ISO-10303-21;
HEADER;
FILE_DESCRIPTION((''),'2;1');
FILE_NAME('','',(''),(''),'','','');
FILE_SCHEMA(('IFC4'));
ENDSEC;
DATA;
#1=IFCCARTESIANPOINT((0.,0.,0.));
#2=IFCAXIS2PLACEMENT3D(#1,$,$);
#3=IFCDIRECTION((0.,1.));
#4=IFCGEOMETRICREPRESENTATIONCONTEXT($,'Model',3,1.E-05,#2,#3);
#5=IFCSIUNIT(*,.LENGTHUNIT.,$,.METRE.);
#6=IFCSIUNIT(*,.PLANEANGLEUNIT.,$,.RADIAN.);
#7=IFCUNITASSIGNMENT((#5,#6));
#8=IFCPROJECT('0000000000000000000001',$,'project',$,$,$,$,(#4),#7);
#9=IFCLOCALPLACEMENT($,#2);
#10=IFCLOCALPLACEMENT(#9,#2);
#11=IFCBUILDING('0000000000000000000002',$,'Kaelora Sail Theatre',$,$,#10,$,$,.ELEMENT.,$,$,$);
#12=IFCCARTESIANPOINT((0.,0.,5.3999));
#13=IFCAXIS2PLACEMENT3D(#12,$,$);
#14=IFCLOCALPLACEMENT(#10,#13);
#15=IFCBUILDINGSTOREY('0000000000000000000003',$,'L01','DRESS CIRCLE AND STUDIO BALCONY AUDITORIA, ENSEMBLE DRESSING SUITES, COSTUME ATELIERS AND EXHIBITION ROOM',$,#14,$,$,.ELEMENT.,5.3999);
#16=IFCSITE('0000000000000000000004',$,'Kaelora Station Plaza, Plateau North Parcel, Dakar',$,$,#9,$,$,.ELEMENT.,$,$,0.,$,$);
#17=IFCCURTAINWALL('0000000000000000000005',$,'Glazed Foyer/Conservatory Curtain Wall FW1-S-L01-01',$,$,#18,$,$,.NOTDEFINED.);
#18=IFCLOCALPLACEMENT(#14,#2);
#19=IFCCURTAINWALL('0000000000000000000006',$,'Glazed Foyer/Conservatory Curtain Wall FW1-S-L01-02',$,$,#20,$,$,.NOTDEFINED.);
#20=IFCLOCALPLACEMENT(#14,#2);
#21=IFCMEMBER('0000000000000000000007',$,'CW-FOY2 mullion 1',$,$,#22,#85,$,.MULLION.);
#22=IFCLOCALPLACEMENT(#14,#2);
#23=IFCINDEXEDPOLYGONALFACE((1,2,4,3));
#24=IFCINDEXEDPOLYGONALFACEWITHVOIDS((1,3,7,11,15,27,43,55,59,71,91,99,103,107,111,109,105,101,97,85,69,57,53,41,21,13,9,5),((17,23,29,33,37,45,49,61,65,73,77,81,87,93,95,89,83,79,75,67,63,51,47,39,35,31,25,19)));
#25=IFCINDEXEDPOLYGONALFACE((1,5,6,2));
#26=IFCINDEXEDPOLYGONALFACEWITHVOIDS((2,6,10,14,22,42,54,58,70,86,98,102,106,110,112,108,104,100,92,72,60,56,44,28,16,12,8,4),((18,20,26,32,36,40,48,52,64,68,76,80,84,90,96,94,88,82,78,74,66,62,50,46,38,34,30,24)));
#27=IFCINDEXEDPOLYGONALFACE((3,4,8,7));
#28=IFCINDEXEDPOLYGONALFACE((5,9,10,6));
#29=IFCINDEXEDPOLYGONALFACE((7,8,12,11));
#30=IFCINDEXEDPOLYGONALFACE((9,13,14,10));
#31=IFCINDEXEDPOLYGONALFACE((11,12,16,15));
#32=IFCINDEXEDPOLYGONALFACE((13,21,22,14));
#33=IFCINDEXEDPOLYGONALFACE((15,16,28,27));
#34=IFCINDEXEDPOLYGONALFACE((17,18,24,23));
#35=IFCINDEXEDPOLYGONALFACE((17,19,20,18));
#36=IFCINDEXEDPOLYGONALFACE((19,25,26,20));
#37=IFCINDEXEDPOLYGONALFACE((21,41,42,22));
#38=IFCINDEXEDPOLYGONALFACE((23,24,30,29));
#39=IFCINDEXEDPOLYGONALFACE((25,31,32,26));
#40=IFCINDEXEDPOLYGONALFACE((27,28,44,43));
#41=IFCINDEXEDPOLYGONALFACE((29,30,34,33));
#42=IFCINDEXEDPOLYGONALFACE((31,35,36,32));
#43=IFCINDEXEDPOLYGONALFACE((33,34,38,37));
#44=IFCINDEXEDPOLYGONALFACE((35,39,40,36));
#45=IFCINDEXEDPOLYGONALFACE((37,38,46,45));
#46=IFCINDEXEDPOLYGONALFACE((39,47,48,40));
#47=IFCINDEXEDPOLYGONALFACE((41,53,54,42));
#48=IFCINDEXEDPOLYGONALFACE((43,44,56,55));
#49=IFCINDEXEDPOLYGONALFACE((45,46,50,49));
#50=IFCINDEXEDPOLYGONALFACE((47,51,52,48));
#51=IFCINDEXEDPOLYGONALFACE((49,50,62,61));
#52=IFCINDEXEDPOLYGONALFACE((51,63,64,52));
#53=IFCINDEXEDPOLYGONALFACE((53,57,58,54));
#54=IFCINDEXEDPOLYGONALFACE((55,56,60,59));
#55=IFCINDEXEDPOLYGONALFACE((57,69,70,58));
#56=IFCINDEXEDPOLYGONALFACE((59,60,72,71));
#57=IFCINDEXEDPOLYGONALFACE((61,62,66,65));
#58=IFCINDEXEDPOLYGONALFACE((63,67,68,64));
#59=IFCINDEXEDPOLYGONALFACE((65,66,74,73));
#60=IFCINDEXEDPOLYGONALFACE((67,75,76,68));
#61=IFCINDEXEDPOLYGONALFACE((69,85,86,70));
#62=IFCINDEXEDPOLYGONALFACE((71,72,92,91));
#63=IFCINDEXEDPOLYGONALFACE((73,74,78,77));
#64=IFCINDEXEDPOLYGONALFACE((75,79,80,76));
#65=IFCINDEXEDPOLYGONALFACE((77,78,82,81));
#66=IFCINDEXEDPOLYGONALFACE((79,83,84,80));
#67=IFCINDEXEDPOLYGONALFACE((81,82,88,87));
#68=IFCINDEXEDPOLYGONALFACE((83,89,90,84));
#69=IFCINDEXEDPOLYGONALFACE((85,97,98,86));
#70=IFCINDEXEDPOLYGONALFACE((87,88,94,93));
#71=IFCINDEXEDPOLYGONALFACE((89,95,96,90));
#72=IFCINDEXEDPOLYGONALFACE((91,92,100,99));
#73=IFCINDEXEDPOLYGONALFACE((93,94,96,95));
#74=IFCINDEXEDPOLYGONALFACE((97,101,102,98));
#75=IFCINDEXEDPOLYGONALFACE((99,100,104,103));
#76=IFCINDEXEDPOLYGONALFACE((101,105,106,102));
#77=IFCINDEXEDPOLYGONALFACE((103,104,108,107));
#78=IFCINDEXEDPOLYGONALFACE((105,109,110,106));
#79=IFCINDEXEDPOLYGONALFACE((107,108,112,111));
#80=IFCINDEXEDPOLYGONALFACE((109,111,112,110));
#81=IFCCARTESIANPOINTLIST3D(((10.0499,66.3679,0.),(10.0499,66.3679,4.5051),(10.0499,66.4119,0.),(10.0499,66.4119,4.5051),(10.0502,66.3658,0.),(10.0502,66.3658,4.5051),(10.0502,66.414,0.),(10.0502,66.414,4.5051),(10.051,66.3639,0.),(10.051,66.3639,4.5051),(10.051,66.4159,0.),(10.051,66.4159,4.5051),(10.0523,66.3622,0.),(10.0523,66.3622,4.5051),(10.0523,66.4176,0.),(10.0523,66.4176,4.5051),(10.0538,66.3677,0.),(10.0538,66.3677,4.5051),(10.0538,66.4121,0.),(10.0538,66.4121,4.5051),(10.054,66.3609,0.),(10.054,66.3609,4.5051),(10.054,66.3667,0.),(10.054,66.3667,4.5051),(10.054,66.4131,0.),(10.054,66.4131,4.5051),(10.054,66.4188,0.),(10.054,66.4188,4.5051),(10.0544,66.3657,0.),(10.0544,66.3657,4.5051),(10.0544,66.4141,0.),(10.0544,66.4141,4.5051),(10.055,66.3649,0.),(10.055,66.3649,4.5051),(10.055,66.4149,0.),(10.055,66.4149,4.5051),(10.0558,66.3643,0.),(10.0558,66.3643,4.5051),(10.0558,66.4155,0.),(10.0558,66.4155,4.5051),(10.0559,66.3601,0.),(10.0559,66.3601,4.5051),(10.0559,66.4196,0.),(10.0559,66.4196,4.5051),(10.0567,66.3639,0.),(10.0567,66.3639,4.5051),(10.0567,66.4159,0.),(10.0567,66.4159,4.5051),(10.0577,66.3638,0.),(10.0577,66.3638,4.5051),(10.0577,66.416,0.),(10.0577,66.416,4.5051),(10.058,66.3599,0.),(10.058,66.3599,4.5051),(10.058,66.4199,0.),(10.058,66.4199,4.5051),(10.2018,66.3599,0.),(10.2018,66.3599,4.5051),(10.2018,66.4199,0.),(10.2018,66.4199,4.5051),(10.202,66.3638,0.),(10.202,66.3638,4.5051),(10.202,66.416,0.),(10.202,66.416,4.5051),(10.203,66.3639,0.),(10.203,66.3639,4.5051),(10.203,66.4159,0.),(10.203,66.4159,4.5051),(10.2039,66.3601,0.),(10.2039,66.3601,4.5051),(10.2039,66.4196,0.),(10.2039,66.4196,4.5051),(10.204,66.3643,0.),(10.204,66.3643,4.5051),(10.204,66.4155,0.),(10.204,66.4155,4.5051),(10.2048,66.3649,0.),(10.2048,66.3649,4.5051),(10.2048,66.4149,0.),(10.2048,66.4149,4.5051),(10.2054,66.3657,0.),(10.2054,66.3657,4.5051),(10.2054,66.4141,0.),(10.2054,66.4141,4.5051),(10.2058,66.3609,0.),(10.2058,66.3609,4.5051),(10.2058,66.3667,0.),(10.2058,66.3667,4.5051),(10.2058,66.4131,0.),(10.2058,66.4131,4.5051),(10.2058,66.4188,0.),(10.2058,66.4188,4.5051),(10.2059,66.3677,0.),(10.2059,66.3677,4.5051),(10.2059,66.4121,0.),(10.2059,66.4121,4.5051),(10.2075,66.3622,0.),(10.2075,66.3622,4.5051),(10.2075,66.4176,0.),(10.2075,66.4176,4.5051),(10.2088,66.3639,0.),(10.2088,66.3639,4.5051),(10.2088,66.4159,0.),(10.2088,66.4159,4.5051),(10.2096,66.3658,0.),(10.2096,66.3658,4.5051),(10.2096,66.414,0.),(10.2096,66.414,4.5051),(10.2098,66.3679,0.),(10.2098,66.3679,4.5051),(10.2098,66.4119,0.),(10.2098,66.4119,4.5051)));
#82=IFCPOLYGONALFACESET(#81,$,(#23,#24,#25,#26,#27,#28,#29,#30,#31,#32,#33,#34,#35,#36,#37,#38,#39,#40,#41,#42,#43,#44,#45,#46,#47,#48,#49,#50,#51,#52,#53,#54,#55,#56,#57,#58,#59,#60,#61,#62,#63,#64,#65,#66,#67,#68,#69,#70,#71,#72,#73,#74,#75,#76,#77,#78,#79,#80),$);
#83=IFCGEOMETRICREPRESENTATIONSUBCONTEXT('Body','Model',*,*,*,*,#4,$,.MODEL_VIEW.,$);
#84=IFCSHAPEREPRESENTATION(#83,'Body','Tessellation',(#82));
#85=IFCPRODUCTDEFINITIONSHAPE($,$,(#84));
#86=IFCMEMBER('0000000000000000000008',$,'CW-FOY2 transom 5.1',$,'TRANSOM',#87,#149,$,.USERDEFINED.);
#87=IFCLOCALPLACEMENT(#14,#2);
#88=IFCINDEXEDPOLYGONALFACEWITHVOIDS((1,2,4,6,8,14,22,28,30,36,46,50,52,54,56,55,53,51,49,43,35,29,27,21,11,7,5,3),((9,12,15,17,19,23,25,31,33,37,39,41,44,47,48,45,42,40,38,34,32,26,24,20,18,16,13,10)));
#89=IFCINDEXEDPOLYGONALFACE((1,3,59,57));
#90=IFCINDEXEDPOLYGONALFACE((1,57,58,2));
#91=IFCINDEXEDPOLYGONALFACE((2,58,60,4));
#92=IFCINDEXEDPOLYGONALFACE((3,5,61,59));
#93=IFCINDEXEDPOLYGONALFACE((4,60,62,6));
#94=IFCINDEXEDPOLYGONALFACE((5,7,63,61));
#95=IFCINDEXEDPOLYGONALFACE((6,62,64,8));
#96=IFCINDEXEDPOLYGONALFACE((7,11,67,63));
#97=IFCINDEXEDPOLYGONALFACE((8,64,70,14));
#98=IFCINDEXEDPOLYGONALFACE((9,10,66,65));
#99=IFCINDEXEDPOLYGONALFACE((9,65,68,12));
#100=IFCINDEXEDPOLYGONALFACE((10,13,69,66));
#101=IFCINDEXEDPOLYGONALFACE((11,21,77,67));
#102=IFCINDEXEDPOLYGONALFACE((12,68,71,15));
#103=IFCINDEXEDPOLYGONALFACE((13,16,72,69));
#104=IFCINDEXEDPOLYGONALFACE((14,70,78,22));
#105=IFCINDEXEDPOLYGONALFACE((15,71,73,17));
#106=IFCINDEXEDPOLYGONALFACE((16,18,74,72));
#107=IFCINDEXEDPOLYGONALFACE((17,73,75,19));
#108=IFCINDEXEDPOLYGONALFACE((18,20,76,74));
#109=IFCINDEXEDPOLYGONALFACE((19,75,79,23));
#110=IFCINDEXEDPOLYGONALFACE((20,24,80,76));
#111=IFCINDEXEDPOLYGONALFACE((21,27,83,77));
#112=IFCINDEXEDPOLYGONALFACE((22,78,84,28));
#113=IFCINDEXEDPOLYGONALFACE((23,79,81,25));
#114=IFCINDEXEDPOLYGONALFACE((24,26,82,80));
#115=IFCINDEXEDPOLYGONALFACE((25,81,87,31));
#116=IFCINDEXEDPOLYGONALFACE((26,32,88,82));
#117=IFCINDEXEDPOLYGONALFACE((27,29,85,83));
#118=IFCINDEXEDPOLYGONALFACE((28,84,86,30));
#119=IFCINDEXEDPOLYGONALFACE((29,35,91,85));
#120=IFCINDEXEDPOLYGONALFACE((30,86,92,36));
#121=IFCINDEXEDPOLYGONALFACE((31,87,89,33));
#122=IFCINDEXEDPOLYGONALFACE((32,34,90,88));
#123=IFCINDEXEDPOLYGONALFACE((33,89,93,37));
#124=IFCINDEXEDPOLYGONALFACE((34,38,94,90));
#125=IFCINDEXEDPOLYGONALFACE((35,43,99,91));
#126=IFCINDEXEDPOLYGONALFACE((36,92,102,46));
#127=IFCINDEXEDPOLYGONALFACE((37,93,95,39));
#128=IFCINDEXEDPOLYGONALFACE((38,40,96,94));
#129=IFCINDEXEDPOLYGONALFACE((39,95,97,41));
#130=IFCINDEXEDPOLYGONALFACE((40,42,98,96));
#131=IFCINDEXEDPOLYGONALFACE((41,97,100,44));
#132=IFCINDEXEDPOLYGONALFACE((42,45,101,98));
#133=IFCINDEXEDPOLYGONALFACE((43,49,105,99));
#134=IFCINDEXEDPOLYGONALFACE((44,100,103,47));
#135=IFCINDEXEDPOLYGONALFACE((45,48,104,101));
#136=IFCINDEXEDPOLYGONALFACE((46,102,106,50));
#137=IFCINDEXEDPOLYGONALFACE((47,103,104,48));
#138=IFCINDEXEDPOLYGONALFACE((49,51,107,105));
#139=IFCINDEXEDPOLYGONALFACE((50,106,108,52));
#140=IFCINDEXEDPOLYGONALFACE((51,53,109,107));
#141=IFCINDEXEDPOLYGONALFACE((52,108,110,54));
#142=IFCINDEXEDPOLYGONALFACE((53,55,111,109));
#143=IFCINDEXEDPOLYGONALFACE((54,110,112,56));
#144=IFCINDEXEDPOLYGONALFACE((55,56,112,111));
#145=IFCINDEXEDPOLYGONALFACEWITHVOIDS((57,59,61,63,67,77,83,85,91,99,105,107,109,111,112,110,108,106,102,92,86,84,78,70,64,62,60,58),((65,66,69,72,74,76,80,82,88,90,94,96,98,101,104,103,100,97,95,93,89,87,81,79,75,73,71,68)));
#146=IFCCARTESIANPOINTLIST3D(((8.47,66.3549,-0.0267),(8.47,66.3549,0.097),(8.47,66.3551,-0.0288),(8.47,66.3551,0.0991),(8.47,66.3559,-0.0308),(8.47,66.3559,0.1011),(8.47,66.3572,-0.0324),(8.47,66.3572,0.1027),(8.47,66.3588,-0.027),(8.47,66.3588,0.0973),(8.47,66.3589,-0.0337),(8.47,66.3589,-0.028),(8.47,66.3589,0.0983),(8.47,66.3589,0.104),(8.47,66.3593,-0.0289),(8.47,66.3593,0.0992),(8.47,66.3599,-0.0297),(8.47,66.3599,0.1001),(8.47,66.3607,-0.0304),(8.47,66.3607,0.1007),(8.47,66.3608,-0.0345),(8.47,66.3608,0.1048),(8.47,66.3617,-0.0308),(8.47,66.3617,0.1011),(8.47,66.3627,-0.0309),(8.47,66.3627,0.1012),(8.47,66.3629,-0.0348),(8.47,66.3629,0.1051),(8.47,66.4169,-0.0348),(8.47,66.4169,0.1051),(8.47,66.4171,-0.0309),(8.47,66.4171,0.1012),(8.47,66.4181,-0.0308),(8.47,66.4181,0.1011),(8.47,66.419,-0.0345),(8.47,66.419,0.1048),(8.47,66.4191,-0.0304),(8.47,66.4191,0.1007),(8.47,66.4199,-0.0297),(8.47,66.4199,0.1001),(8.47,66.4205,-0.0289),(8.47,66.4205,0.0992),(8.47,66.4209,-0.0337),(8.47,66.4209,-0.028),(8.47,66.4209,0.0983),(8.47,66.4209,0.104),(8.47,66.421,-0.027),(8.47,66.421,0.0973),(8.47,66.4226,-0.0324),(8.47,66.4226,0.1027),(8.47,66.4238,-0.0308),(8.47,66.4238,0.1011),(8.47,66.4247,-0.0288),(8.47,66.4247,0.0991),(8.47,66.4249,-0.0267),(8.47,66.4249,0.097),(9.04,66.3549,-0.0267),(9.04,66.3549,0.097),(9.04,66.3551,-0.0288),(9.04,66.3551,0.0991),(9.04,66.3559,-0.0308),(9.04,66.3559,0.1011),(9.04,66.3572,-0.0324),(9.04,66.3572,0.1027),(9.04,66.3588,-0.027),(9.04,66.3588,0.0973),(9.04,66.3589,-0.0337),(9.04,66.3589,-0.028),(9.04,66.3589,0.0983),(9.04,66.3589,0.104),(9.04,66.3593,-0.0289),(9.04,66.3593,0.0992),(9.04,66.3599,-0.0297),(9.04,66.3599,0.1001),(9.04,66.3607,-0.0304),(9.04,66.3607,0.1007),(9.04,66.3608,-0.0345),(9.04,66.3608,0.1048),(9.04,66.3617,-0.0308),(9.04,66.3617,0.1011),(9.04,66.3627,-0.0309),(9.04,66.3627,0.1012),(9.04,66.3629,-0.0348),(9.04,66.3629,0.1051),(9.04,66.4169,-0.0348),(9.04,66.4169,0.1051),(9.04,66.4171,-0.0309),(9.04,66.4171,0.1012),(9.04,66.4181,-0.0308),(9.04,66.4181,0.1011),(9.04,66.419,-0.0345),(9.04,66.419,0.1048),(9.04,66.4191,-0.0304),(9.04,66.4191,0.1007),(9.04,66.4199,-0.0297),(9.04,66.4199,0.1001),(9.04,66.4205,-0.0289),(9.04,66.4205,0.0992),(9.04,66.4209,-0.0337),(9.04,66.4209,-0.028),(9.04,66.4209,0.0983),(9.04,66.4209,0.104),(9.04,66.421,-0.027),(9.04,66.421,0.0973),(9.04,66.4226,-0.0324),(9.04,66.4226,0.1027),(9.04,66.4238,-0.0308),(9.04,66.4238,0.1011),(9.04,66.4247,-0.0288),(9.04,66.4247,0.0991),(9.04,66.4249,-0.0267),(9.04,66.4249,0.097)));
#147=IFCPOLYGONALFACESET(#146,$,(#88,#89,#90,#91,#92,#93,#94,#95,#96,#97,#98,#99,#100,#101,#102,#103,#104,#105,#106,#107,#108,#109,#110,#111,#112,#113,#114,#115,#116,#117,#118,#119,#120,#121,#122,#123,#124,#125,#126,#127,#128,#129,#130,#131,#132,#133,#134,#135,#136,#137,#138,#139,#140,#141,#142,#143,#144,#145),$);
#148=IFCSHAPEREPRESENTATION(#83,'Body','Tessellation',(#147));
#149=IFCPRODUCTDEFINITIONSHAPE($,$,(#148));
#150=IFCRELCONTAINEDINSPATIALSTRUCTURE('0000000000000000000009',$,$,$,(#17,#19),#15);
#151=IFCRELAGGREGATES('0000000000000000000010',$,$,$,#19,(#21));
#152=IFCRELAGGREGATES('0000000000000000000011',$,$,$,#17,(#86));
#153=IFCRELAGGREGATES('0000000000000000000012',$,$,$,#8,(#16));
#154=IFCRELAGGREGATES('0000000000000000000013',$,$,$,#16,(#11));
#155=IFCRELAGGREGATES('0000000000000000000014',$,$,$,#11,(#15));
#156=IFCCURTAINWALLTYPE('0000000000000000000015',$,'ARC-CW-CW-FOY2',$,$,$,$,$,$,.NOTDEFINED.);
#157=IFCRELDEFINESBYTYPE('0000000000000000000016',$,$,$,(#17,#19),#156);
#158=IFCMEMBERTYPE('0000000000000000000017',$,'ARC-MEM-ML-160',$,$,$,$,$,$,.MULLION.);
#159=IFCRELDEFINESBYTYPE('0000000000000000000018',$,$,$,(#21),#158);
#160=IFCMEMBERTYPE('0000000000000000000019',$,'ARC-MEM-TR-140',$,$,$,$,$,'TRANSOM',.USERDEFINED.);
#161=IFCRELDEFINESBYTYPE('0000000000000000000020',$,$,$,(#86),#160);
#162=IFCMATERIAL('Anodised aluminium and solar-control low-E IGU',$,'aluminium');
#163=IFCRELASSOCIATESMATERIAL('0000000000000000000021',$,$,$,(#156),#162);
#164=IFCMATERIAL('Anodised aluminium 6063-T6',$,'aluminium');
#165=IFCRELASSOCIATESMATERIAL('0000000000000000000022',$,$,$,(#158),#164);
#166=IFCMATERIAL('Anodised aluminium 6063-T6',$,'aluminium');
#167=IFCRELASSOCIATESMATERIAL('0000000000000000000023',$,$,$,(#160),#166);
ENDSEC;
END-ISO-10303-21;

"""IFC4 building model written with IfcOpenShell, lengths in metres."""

from ifc_helpers import new_model, si_unit, direction, frame, origin, origin_2d, place, context, subcontext, project, spatial, hollow_rectangle, extrude, material, material_profile, profile_set, type_object, element, aggregate, save


model = new_model("IFC4")

# Units and contexts
model_context = context("Model", 3, precision=1e-05, world=origin(), true_north=direction((0.0, 1.0)))
body_context = subcontext(model_context, "Body", "Model", "MODEL_VIEW")
ifc_project = project(units=[si_unit("LENGTHUNIT", "METRE"), si_unit("PLANEANGLEUNIT", "RADIAN")], contexts=[model_context])

# Site, building, storey
site_placement = place(None, origin())
site = spatial("IfcSite", under=ifc_project, at=site_placement, Name="Kaelora Station Plaza, Plateau North Parcel, Dakar", CompositionType="ELEMENT", RefElevation=0.0)
building_placement = place(site_placement, origin())
building = spatial("IfcBuilding", under=site, at=building_placement, Name="Kaelora Sail Theatre", CompositionType="ELEMENT")
storey_placement = place(building_placement, frame((0.0, 0.0, 5.3999)))
storey = spatial("IfcBuildingStorey", under=building, at=storey_placement, Name="L01", Description="DRESS CIRCLE AND STUDIO BALCONY AUDITORIA, ENSEMBLE DRESSING SUITES, COSTUME ATELIERS AND EXHIBITION ROOM", CompositionType="ELEMENT", Elevation=5.3999)

# Curtain wall
ifc_material_1 = material(Name="Anodised aluminium and solar-control low-E IGU", Category="aluminium")
curtain_wall_type = type_object("IfcCurtainWallType", Name="ARC-CW-CW-FOY2", PredefinedType="NOTDEFINED", material=ifc_material_1)
curtain_wall_1_placement = place(storey_placement, origin())
curtain_wall_1 = element("IfcCurtainWall", 1, at=curtain_wall_1_placement, inside=storey, type_object=curtain_wall_type, Name="Glazed Foyer/Conservatory Curtain Wall FW1-S-L01-01", PredefinedType="NOTDEFINED")
ifc_material_2 = material(Name="Anodised aluminium 6063-T6", Category="aluminium")
ifc_material_profile_1 = material_profile(ifc_material_2, hollow_rectangle(XDim=0.0601, YDim=0.1599, WallThickness=0.0039, InnerFilletRadius=0.0039, OuterFilletRadius=0.0081, at=origin_2d()), Name="ALU-MULL 60x160x4")
ifc_profile_set_1 = profile_set([ifc_material_profile_1], Name="Anodised aluminium 6063-T6")
member_type_1 = type_object("IfcMemberType", Name="ARC-MEM-ML-160", PredefinedType="MULLION", material=ifc_profile_set_1)

# Curtain wall, member
curtain_wall_2_placement = place(storey_placement, origin())
curtain_wall_2 = element("IfcCurtainWall", 2, at=curtain_wall_2_placement, inside=storey, type_object=curtain_wall_type, Name="Glazed Foyer/Conservatory Curtain Wall FW1-S-L01-02", PredefinedType="NOTDEFINED")
member_1_placement = place(storey_placement, frame((10.1299, 66.3899, 0.0), z_axis=(0.0, 0.0, 1.0), x_axis=(0.0, 1.0, 0.0)))
member_1 = element("IfcMember", 3, at=member_1_placement, type_object=member_type_1, Name="CW-FOY2 mullion 1", PredefinedType="MULLION", context=body_context, shape_type="SweptSolid", body=[
    extrude(hollow_rectangle(XDim=0.0601, YDim=0.1599, WallThickness=0.0039, InnerFilletRadius=0.0039, OuterFilletRadius=0.0081, at=origin_2d()), origin(), (0.0, 0.0, 1.0), 4.5051),
])

# Member
ifc_material_3 = material(Name="Anodised aluminium 6063-T6", Category="aluminium")
ifc_material_profile_2 = material_profile(ifc_material_3, hollow_rectangle(XDim=0.0701, YDim=0.1399, WallThickness=0.0039, InnerFilletRadius=0.0039, OuterFilletRadius=0.0081, at=origin_2d()), Name="ALU-TRAN 70x140x4")
ifc_profile_set_2 = profile_set([ifc_material_profile_2], Name="Anodised aluminium 6063-T6")
member_type_2 = type_object("IfcMemberType", Name="ARC-MEM-TR-140", ElementType="TRANSOM", PredefinedType="USERDEFINED", material=ifc_profile_set_2)
member_2_placement = place(storey_placement, frame((8.47, 66.3899, 0.0352), z_axis=(1.0, 0.0, 0.0), x_axis=(0.0, 1.0, 0.0)))
member_2 = element("IfcMember", 4, at=member_2_placement, type_object=member_type_2, Name="CW-FOY2 transom 5.1", ObjectType="TRANSOM", PredefinedType="USERDEFINED", context=body_context, shape_type="SweptSolid", body=[
    extrude(hollow_rectangle(XDim=0.0701, YDim=0.1399, WallThickness=0.0039, InnerFilletRadius=0.0039, OuterFilletRadius=0.0081, at=origin_2d()), origin(), (0.0, 0.0, 1.0), 0.5701),
])
aggregate(curtain_wall_2, [member_1])

aggregate(curtain_wall_1, [member_2])

save(model, "model.ifc")
